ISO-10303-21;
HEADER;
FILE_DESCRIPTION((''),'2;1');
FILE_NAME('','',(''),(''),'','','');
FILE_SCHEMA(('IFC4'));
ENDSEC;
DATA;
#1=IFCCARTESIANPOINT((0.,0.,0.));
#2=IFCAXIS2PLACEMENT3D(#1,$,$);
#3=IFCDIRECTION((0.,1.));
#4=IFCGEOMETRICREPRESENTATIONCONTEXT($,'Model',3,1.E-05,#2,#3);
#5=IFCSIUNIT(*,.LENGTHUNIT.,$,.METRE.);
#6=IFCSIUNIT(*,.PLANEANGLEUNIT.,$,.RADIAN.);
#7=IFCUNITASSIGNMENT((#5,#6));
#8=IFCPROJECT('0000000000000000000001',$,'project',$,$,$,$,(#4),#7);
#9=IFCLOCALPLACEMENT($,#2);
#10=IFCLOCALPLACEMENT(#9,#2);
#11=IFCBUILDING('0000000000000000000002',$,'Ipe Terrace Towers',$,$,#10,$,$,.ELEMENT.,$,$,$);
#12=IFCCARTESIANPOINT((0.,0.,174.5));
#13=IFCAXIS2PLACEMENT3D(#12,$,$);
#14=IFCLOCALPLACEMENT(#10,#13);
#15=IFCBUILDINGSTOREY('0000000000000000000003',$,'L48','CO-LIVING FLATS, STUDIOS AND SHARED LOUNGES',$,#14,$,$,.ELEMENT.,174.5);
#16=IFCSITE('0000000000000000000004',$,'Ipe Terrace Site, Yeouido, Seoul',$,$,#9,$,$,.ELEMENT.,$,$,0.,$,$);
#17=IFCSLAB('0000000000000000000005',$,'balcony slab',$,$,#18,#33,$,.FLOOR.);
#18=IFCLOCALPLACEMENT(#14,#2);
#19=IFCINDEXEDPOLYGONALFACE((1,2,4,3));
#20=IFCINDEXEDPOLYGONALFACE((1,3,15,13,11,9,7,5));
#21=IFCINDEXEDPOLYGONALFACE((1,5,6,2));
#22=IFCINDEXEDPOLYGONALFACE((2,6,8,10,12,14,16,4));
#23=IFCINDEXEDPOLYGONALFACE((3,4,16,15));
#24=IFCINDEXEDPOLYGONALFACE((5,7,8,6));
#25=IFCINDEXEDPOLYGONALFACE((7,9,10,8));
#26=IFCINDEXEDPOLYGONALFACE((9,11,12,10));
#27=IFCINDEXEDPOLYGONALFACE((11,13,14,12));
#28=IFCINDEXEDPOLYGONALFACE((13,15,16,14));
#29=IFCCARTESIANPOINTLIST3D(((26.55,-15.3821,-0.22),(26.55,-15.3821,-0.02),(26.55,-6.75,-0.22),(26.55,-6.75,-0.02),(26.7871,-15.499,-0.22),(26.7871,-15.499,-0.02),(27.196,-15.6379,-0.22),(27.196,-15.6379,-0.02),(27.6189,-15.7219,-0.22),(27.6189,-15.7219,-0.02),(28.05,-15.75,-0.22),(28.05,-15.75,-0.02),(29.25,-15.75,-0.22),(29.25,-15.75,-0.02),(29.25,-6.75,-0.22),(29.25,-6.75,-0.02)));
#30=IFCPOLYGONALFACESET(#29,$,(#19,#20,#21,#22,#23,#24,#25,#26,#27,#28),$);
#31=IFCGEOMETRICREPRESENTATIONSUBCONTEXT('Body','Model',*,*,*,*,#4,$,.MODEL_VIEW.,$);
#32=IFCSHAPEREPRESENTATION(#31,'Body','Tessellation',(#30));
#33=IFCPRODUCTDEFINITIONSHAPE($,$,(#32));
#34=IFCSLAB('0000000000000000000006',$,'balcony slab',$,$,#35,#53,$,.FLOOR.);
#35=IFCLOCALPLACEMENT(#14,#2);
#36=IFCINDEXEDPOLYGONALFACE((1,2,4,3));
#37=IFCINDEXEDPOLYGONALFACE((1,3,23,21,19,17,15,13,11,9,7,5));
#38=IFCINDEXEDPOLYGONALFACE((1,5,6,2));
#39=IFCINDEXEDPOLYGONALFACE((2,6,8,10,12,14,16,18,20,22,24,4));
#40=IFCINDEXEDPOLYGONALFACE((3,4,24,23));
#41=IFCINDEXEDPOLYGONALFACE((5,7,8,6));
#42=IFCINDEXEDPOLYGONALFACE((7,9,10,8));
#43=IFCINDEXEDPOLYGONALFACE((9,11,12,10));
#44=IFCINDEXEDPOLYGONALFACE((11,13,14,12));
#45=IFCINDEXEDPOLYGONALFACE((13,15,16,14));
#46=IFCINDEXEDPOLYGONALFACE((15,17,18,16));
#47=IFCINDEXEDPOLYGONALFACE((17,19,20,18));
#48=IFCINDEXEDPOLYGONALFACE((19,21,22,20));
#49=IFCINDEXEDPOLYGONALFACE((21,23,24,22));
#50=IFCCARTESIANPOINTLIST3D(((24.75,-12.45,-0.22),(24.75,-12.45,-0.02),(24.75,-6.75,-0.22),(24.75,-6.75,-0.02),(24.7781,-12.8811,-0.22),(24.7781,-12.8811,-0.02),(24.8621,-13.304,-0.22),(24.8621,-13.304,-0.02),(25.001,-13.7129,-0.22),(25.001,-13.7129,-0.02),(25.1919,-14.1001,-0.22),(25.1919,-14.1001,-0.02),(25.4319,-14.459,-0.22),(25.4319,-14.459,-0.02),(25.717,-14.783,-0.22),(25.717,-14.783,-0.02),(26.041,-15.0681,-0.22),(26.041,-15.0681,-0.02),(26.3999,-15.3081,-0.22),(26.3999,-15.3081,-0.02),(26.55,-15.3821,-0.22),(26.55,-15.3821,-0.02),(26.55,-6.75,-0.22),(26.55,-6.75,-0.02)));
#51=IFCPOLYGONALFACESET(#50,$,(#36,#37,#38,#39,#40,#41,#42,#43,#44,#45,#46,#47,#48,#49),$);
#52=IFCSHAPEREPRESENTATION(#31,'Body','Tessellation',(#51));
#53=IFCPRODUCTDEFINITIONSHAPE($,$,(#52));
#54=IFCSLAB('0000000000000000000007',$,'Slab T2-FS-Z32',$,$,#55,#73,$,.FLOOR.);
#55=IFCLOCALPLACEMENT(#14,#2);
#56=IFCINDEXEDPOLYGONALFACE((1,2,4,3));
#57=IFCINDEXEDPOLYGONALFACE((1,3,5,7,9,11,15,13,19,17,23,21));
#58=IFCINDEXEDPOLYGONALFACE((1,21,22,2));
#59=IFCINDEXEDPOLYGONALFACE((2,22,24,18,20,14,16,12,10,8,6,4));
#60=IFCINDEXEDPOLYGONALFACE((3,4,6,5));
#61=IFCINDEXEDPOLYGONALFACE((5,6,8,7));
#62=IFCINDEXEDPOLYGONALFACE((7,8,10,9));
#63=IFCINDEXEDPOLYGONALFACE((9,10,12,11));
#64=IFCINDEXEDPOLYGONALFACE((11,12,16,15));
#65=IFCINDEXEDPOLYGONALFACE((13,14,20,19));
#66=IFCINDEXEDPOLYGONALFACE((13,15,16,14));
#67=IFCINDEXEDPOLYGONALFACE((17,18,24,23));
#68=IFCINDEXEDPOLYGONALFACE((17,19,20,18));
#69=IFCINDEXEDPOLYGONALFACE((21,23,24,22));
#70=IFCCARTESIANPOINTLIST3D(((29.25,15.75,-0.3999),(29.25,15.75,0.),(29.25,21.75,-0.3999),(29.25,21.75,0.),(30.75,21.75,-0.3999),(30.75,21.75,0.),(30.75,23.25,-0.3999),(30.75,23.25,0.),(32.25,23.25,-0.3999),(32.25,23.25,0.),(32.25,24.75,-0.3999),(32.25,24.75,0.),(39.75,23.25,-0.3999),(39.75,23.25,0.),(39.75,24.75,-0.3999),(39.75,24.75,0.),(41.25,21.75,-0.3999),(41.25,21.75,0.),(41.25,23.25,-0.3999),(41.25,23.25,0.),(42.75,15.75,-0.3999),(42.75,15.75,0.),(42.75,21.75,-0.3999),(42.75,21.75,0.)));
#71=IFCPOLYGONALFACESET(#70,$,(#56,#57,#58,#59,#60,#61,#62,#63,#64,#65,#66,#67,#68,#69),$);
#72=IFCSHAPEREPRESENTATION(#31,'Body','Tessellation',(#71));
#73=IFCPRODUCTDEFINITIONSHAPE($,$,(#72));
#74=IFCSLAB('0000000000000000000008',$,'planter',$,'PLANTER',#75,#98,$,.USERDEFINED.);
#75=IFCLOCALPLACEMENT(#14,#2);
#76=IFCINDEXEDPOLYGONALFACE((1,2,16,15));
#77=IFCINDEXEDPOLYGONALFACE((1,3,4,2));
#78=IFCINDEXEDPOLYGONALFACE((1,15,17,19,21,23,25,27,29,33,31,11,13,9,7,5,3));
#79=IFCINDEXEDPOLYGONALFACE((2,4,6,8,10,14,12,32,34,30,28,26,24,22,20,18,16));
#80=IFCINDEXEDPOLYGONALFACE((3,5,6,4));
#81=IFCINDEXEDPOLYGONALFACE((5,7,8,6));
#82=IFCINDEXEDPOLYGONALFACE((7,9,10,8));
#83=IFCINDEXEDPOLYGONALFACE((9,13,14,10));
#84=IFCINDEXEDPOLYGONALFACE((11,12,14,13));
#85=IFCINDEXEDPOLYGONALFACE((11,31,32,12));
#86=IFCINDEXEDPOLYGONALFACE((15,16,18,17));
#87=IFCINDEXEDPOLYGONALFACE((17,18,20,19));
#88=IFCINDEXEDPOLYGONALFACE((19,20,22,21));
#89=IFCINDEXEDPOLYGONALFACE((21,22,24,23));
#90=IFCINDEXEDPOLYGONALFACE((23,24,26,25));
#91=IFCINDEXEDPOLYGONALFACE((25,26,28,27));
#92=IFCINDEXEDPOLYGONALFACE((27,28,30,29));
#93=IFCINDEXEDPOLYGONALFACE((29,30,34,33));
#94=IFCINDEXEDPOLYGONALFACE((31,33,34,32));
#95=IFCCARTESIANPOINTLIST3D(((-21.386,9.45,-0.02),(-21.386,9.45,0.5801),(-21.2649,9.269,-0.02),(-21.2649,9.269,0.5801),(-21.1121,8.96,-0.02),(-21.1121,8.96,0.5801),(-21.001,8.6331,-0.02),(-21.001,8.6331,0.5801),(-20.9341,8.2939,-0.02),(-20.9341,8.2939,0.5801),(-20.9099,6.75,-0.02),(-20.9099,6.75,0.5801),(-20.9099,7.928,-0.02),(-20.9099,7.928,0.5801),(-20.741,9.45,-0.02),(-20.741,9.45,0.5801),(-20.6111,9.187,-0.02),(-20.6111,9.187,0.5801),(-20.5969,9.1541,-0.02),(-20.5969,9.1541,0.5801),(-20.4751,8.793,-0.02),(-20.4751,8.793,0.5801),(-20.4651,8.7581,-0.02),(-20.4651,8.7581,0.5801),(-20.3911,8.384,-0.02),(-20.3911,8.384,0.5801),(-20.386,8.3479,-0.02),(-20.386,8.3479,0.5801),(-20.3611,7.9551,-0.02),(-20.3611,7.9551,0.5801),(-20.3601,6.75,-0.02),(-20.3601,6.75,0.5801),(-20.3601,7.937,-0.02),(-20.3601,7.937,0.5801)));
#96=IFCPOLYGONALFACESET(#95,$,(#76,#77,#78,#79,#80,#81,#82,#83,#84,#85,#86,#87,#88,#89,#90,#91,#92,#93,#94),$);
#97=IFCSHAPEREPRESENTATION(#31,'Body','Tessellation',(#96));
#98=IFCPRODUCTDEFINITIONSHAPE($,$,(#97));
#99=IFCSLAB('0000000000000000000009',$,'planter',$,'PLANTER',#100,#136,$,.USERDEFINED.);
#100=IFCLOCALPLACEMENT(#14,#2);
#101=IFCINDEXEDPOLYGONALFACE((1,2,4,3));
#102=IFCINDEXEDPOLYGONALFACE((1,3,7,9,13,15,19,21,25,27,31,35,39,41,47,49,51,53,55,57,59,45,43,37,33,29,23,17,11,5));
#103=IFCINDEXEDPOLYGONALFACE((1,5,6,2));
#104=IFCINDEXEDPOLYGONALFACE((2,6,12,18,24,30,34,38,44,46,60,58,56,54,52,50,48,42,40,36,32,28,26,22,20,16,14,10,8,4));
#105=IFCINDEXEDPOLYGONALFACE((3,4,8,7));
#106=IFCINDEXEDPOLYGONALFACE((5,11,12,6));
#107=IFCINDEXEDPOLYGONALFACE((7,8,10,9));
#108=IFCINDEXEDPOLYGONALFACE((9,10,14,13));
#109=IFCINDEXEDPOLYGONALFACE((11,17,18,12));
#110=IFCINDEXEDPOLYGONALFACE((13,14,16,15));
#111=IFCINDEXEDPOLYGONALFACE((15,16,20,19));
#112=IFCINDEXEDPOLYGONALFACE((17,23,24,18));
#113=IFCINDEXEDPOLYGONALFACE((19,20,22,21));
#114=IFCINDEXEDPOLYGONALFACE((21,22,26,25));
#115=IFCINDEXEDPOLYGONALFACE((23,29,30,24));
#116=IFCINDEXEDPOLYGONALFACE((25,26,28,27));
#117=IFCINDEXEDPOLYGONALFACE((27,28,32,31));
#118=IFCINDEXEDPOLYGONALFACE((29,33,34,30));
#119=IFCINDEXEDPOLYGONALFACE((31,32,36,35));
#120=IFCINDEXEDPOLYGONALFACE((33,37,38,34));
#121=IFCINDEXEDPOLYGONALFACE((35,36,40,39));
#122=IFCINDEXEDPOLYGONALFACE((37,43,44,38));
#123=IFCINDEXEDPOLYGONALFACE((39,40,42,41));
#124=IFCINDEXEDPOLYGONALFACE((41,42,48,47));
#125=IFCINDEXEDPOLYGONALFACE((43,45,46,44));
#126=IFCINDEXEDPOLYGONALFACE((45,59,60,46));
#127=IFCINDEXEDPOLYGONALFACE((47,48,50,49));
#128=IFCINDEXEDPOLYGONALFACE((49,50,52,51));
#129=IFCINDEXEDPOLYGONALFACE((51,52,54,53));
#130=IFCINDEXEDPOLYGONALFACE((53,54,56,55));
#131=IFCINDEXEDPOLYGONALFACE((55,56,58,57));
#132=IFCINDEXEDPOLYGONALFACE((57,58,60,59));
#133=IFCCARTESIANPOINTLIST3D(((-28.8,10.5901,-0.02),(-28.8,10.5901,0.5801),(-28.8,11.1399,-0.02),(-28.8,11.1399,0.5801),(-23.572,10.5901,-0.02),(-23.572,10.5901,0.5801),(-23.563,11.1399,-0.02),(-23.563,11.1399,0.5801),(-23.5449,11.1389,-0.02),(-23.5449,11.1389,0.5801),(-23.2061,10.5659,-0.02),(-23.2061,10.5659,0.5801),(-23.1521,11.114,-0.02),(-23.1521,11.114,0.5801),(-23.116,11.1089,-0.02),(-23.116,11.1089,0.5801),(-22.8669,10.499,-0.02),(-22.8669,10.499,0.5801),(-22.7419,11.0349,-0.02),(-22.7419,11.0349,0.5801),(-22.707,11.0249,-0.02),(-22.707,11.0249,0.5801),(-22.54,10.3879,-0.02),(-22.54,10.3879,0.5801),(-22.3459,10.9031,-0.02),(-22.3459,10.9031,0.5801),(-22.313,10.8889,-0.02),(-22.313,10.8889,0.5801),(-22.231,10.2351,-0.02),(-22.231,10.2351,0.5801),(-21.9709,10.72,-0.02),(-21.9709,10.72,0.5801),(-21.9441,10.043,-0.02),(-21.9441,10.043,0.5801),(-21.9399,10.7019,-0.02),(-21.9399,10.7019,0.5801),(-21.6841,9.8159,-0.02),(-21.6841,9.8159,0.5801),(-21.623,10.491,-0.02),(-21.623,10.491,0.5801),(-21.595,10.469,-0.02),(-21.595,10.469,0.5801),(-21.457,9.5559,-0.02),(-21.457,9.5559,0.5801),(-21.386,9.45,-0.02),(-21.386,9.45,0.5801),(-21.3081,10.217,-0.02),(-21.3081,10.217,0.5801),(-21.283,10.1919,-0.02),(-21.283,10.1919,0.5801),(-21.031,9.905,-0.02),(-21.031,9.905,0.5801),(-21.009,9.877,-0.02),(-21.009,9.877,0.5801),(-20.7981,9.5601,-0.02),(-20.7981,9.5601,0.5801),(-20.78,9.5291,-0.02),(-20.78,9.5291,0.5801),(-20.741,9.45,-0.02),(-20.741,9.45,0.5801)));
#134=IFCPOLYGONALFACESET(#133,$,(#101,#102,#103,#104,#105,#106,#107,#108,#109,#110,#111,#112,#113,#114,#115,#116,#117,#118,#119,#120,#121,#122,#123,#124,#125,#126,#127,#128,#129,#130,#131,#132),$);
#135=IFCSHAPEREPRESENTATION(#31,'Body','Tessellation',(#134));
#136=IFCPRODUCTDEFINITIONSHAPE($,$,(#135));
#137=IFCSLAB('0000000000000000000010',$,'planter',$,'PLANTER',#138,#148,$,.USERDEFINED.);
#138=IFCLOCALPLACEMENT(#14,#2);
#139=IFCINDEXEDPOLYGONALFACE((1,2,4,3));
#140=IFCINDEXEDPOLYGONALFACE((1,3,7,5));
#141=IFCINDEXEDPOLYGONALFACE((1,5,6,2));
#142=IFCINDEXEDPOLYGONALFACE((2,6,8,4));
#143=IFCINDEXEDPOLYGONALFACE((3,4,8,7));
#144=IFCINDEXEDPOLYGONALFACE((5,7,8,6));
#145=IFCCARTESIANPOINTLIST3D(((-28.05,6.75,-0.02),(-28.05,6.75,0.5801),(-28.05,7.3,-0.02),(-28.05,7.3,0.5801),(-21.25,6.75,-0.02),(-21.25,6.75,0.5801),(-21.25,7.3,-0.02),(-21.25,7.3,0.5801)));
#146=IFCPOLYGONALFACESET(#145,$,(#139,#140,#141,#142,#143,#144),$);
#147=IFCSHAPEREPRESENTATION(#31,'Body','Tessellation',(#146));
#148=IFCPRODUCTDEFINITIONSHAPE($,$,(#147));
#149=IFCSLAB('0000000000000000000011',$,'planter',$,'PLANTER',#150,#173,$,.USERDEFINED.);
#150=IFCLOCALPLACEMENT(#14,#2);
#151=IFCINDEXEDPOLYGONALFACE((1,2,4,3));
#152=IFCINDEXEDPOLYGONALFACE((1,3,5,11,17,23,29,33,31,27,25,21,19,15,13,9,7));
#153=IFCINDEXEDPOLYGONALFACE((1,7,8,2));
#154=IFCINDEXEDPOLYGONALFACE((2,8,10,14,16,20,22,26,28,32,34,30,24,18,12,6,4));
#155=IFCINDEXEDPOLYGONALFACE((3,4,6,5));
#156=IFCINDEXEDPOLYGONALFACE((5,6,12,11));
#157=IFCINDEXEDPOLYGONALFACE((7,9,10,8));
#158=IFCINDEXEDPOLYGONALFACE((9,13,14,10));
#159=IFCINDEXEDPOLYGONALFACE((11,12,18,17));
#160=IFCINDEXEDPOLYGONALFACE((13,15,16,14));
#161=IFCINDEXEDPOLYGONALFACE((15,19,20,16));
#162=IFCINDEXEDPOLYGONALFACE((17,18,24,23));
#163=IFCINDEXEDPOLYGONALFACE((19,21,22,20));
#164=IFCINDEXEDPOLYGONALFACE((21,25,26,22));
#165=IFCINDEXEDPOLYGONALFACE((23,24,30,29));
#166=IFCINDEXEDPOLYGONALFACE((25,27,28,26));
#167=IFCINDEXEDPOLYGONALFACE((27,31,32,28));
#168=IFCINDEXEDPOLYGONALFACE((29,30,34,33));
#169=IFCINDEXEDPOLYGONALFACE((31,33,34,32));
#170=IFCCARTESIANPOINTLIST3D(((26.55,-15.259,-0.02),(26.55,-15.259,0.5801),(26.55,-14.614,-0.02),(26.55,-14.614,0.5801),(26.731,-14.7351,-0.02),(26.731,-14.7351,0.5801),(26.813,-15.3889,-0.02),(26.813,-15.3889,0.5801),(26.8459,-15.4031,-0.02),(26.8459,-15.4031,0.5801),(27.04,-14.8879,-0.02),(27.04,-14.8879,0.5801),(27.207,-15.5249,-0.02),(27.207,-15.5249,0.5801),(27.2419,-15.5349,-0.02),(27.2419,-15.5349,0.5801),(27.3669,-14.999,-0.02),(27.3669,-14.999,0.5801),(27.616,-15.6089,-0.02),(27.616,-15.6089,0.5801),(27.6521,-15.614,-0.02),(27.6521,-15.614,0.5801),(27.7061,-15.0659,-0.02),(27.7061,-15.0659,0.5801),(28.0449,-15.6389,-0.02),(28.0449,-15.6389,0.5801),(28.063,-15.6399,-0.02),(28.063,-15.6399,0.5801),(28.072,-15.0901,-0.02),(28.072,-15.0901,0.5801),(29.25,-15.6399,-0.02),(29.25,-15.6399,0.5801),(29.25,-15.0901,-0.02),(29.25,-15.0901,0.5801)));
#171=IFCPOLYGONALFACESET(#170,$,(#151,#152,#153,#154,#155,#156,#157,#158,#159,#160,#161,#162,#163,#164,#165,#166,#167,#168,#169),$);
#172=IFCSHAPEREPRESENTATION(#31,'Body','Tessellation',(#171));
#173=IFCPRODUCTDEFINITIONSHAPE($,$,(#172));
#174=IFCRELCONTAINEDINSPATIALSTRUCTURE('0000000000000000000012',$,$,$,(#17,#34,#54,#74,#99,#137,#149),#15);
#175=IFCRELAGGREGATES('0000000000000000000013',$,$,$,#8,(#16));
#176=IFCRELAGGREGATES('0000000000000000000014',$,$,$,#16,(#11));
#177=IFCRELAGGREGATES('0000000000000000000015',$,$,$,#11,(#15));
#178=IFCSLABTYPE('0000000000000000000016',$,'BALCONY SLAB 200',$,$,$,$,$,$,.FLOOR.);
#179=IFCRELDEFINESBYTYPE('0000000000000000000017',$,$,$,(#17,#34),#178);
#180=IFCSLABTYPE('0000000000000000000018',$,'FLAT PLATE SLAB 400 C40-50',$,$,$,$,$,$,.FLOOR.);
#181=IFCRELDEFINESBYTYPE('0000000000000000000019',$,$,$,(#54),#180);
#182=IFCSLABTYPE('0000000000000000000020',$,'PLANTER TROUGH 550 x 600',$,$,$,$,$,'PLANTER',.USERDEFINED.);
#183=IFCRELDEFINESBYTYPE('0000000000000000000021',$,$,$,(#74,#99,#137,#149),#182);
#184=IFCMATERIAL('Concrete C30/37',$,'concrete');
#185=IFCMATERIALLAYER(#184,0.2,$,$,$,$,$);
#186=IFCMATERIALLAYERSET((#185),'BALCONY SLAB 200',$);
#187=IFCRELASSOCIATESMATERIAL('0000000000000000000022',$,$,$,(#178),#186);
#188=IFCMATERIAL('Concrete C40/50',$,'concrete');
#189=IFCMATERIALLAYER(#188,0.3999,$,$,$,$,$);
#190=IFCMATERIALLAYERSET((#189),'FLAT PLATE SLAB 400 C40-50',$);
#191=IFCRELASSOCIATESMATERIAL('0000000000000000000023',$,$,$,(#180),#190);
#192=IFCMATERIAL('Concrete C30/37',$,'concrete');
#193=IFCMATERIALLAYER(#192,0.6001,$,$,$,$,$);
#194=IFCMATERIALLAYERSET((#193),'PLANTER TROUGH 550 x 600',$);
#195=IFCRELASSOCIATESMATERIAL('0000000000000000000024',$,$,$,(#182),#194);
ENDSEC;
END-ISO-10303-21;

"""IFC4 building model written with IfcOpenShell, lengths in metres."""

from ifc_helpers import new_model, si_unit, direction, frame, origin, place, context, subcontext, project, spatial, polyline, outline, extrude, material, layer, layer_set, type_object, element, save


model = new_model("IFC4")

# Units and contexts
model_context = context("Model", 3, precision=1e-05, world=origin(), true_north=direction((0.0, 1.0)))
body_context = subcontext(model_context, "Body", "Model", "MODEL_VIEW")
ifc_project = project(units=[si_unit("LENGTHUNIT", "METRE"), si_unit("PLANEANGLEUNIT", "RADIAN")], contexts=[model_context])

# Site, building, storey
site_placement = place(None, origin())
site = spatial("IfcSite", under=ifc_project, at=site_placement, Name="Ipe Terrace Site, Yeouido, Seoul", CompositionType="ELEMENT", RefElevation=0.0)
building_placement = place(site_placement, origin())
building = spatial("IfcBuilding", under=site, at=building_placement, Name="Ipe Terrace Towers", CompositionType="ELEMENT")
storey_placement = place(building_placement, frame((0.0, 0.0, 174.5)))
storey = spatial("IfcBuildingStorey", under=building, at=storey_placement, Name="L48", Description="CO-LIVING FLATS, STUDIOS AND SHARED LOUNGES", CompositionType="ELEMENT", Elevation=174.5)

# Slabs
ifc_material_1 = material(Name="Concrete C30/37", Category="concrete")
ifc_layer_1 = layer(ifc_material_1, 0.2)
ifc_layer_set_1 = layer_set([ifc_layer_1], Name="BALCONY SLAB 200")
slab_type_1 = type_object("IfcSlabType", Name="BALCONY SLAB 200", PredefinedType="FLOOR", material=ifc_layer_set_1)
slab_1_placement = place(storey_placement, frame((0.0, 0.0, -0.22)))
element("IfcSlab", 1, at=slab_1_placement, inside=storey, type_object=slab_type_1, Name="balcony slab", PredefinedType="FLOOR", context=body_context, shape_type="SweptSolid", body=[
    extrude(outline(polyline([(26.7871, -15.499), (27.196, -15.6379), (27.6189, -15.7219), (28.05, -15.75), (29.25, -15.75), (29.25, -6.75), (26.55, -6.75), (26.55, -15.3821), (26.7871, -15.499)])), origin(), (0.0, 0.0, 1.0), 0.2),
])
slab_2_placement = place(storey_placement, frame((0.0, 0.0, -0.22)))
element("IfcSlab", 2, at=slab_2_placement, inside=storey, type_object=slab_type_1, Name="balcony slab", PredefinedType="FLOOR", context=body_context, shape_type="SweptSolid", body=[
    extrude(outline(polyline([(24.75, -6.75), (24.75, -12.45), (24.7781, -12.8811), (24.8621, -13.304), (25.001, -13.7129), (25.1919, -14.1001), (25.4319, -14.459), (25.717, -14.783), (26.041, -15.0681), (26.3999, -15.3081), (26.55, -15.3821), (26.55, -6.75), (24.75, -6.75)])), origin(), (0.0, 0.0, 1.0), 0.2),
])
ifc_material_2 = material(Name="Concrete C40/50", Category="concrete")
ifc_layer_2 = layer(ifc_material_2, 0.3999)
ifc_layer_set_2 = layer_set([ifc_layer_2], Name="FLAT PLATE SLAB 400 C40-50")
slab_type_2 = type_object("IfcSlabType", Name="FLAT PLATE SLAB 400 C40-50", PredefinedType="FLOOR", material=ifc_layer_set_2)
slab_3_placement = place(storey_placement, frame((0.0, 0.0, -0.3999)))
element("IfcSlab", 3, at=slab_3_placement, inside=storey, type_object=slab_type_2, Name="Slab T2-FS-Z32", PredefinedType="FLOOR", context=body_context, shape_type="SweptSolid", body=[
    extrude(outline(polyline([(30.75, 21.75), (30.75, 23.25), (32.25, 23.25), (32.25, 24.75), (39.75, 24.75), (39.75, 23.25), (41.25, 23.25), (41.25, 21.75), (42.75, 21.75), (42.75, 15.75), (29.25, 15.75), (29.25, 21.75), (30.75, 21.75)])), origin(), (0.0, 0.0, 1.0), 0.3999),
])
ifc_material_3 = material(Name="Concrete C30/37", Category="concrete")
ifc_layer_3 = layer(ifc_material_3, 0.6001)
ifc_layer_set_3 = layer_set([ifc_layer_3], Name="PLANTER TROUGH 550 x 600")
slab_type_3 = type_object("IfcSlabType", Name="PLANTER TROUGH 550 x 600", ElementType="PLANTER", PredefinedType="USERDEFINED", material=ifc_layer_set_3)
slab_4_placement = place(storey_placement, frame((0.0, 0.0, -0.02)))
element("IfcSlab", 4, at=slab_4_placement, inside=storey, type_object=slab_type_3, Name="planter", ObjectType="PLANTER", PredefinedType="USERDEFINED", context=body_context, shape_type="SweptSolid", body=[
    extrude(outline(polyline([(-21.001, 8.6331), (-20.9341, 8.2939), (-20.9099, 7.928), (-20.9099, 6.75), (-20.3601, 6.75), (-20.3601, 7.937), (-20.3611, 7.9551), (-20.386, 8.3479), (-20.3911, 8.384), (-20.4651, 8.7581), (-20.4751, 8.793), (-20.5969, 9.1541), (-20.6111, 9.187), (-20.741, 9.45), (-21.386, 9.45), (-21.2649, 9.269), (-21.1121, 8.96), (-21.001, 8.6331)])), origin(), (0.0, 0.0, 1.0), 0.6001),
])
slab_5_placement = place(storey_placement, frame((0.0, 0.0, -0.02)))
element("IfcSlab", 5, at=slab_5_placement, inside=storey, type_object=slab_type_3, Name="planter", ObjectType="PLANTER", PredefinedType="USERDEFINED", context=body_context, shape_type="SweptSolid", body=[
    extrude(outline(polyline([(-21.457, 9.5559), (-21.386, 9.45), (-20.741, 9.45), (-20.78, 9.5291), (-20.7981, 9.5601), (-21.009, 9.877), (-21.031, 9.905), (-21.283, 10.1919), (-21.3081, 10.217), (-21.595, 10.469), (-21.623, 10.491), (-21.9399, 10.7019), (-21.9709, 10.72), (-22.313, 10.8889), (-22.3459, 10.9031), (-22.707, 11.0249), (-22.7419, 11.0349), (-23.116, 11.1089), (-23.1521, 11.114), (-23.5449, 11.1389), (-23.563, 11.1399), (-28.8, 11.1399), (-28.8, 10.5901), (-23.572, 10.5901), (-23.2061, 10.5659), (-22.8669, 10.499), (-22.54, 10.3879), (-22.231, 10.2351), (-21.9441, 10.043), (-21.6841, 9.8159), (-21.457, 9.5559)])), origin(), (0.0, 0.0, 1.0), 0.6001),
])
slab_6_placement = place(storey_placement, frame((0.0, 0.0, -0.02)))
element("IfcSlab", 6, at=slab_6_placement, inside=storey, type_object=slab_type_3, Name="planter", ObjectType="PLANTER", PredefinedType="USERDEFINED", context=body_context, shape_type="SweptSolid", body=[
    extrude(outline(polyline([(-28.05, 6.75), (-21.25, 6.75), (-21.25, 7.3), (-28.05, 7.3), (-28.05, 6.75)])), origin(), (0.0, 0.0, 1.0), 0.6001),
])
slab_7_placement = place(storey_placement, frame((0.0, 0.0, -0.02)))
element("IfcSlab", 7, at=slab_7_placement, inside=storey, type_object=slab_type_3, Name="planter", ObjectType="PLANTER", PredefinedType="USERDEFINED", context=body_context, shape_type="SweptSolid", body=[
    extrude(outline(polyline([(27.3669, -14.999), (27.04, -14.8879), (26.731, -14.7351), (26.55, -14.614), (26.55, -15.259), (26.813, -15.3889), (26.8459, -15.4031), (27.207, -15.5249), (27.2419, -15.5349), (27.616, -15.6089), (27.6521, -15.614), (28.0449, -15.6389), (28.063, -15.6399), (29.25, -15.6399), (29.25, -15.0901), (28.072, -15.0901), (27.7061, -15.0659), (27.3669, -14.999)])), origin(), (0.0, 0.0, 1.0), 0.6001),
])

save(model, "model.ifc")
